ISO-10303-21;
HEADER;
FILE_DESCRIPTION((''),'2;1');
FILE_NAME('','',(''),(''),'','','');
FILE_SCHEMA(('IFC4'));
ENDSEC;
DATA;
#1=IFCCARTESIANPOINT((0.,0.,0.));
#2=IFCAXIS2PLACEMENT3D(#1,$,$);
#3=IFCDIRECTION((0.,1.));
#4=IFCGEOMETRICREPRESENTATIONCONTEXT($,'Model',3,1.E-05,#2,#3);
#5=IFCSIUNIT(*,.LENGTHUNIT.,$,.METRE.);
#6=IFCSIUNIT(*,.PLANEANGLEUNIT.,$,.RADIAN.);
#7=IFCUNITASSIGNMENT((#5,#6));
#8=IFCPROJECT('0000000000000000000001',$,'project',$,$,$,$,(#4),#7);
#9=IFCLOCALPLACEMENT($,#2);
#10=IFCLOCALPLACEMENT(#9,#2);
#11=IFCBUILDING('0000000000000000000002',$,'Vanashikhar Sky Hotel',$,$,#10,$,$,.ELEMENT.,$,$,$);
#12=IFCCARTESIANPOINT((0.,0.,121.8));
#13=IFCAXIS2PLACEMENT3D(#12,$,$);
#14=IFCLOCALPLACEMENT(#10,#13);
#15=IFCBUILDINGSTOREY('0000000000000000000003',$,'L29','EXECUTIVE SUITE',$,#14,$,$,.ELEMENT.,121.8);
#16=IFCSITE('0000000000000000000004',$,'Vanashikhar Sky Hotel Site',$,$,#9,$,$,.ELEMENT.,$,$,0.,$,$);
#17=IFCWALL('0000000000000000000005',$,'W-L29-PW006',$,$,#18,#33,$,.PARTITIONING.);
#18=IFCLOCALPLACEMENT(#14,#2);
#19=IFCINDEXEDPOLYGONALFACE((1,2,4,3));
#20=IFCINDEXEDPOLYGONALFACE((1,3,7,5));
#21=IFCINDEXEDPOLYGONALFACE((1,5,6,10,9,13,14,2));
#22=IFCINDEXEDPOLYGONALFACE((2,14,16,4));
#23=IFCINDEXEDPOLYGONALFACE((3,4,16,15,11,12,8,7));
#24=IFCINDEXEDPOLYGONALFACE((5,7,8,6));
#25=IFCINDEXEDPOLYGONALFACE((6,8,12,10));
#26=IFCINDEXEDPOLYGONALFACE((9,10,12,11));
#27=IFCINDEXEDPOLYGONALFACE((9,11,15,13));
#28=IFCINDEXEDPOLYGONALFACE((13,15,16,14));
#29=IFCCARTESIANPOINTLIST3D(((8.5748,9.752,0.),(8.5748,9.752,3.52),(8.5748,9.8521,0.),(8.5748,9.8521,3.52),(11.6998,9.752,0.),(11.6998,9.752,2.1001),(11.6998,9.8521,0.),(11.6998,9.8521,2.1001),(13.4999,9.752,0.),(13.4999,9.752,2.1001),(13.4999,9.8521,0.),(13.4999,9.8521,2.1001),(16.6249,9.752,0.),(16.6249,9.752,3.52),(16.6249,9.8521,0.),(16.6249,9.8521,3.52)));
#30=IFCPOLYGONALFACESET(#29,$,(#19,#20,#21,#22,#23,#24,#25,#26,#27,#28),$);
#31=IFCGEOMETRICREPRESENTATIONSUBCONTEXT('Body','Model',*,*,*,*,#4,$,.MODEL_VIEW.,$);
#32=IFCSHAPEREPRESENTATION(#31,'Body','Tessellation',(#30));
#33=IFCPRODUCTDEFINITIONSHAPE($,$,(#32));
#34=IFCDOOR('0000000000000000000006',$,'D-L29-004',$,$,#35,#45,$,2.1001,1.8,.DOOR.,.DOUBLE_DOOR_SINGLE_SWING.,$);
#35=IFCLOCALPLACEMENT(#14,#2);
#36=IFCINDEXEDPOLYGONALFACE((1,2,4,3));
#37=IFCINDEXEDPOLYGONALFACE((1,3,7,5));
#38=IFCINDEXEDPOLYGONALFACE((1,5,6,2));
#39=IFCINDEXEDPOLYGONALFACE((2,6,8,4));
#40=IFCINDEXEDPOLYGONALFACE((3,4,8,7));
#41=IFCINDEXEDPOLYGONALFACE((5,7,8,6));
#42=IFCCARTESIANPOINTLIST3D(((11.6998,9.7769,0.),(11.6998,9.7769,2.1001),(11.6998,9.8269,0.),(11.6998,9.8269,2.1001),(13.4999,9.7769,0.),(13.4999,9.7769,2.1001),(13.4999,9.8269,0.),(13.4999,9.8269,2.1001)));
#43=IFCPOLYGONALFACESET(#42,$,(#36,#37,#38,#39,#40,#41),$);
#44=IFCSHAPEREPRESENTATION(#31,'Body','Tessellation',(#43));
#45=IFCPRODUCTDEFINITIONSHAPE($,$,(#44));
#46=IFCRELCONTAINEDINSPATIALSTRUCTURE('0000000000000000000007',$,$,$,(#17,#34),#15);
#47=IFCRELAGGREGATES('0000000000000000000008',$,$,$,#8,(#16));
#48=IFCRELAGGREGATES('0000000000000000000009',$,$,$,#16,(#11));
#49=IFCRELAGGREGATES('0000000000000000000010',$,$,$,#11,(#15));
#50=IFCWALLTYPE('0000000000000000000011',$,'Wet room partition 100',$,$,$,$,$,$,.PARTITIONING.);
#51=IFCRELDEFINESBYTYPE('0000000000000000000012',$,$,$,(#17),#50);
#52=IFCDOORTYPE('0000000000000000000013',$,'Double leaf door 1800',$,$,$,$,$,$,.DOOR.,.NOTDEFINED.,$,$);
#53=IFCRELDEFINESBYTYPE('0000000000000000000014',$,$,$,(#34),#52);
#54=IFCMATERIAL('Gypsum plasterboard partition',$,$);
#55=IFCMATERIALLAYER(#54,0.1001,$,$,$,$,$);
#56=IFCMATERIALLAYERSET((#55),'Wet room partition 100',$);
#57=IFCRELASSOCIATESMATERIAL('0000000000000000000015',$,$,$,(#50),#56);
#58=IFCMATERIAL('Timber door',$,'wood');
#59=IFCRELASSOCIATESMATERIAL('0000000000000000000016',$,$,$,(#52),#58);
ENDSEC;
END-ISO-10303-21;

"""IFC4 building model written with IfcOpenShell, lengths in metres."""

from ifc_helpers import new_model, si_unit, direction, frame, frame_2d, origin, place, context, subcontext, project, spatial, rectangle, extrude, source, transform, mapped, material, layer, layer_set, type_object, element, fill, save


model = new_model("IFC4")

# Units and contexts
model_context = context("Model", 3, precision=1e-05, world=origin(), true_north=direction((0.0, 1.0)))
body_context = subcontext(model_context, "Body", "Model", "MODEL_VIEW")
ifc_project = project(units=[si_unit("LENGTHUNIT", "METRE"), si_unit("PLANEANGLEUNIT", "RADIAN")], contexts=[model_context])

# Site, building, storey
site_placement = place(None, origin())
site = spatial("IfcSite", under=ifc_project, at=site_placement, Name="Vanashikhar Sky Hotel Site", CompositionType="ELEMENT", RefElevation=0.0)
building_placement = place(site_placement, origin())
building = spatial("IfcBuilding", under=site, at=building_placement, Name="Vanashikhar Sky Hotel", CompositionType="ELEMENT")
storey_placement = place(building_placement, frame((0.0, 0.0, 121.8)))
storey = spatial("IfcBuildingStorey", under=building, at=storey_placement, Name="L29", Description="EXECUTIVE SUITE", CompositionType="ELEMENT", Elevation=121.8)

# Shared definitions
ifc_material_1 = material(Name="Gypsum plasterboard partition")
ifc_layer_1 = layer(ifc_material_1, 0.1001)
ifc_layer_set_1 = layer_set([ifc_layer_1], Name="Wet room partition 100")
wall_type_1 = type_object("IfcWallType", Name="Wet room partition 100", PredefinedType="PARTITIONING", material=ifc_layer_set_1)
ifc_material_2 = material(Name="Timber door", Category="wood")

# Wall, opening, door
shared_shape_1 = source(origin(), body_context, "Body", "SweptSolid", [
    extrude(rectangle(XDim=1.8, YDim=2.1001, at=frame_2d((0.8999, 1.05))), frame((0.0, 0.0249, 0.0), z_axis=(0.0, -1.0, 0.0), x_axis=(1.0, 0.0, 0.0)), (0.0, 0.0, 1.0), 0.05),
])
shared_shape_2 = source(origin(), body_context, "Body", "SweptSolid", [
    extrude(rectangle(XDim=8.05, YDim=0.1001, at=frame_2d((4.0249, 0.0))), origin(), (0.0, 0.0, 1.0), 3.52),
])
wall_1_placement = place(storey_placement, frame((8.575, 9.802, 0.0), z_axis=(0.0, 0.0, 1.0), x_axis=(1.0, 0.0, 0.0)))
wall_1 = element("IfcWall", 1, at=wall_1_placement, inside=storey, type_object=wall_type_1, Name="W-L29-PW006", PredefinedType="PARTITIONING", context=body_context, shape_type="MappedRepresentation", body=[
    mapped(shared_shape_2, transform((0.0, 0.0, 0.0), scale=1.0)),
])
shared_shape_3 = source(origin(), body_context, "Body", "SweptSolid", [
    extrude(rectangle(XDim=1.8, YDim=2.1001, at=frame_2d((0.8999, 1.05))), frame((0.0, 0.0601, 0.0), z_axis=(0.0, -1.0, 0.0), x_axis=(1.0, 0.0, 0.0)), (0.0, 0.0, 1.0), 0.1201),
])
opening_1_placement = place(wall_1_placement, frame((3.125, 0.0, 0.0)))
opening_1 = element("IfcOpeningElement", 2, at=opening_1_placement, cuts=wall_1, PredefinedType="OPENING", context=body_context, shape_type="MappedRepresentation", body=[
    mapped(shared_shape_3, transform((0.0, 0.0, 0.0), scale=1.0)),
])
door_type_1 = type_object("IfcDoorType", Name="Double leaf door 1800", OperationType="NOTDEFINED", PredefinedType="DOOR", material=ifc_material_2)
door_1_placement = place(opening_1_placement, origin())
door_1 = element("IfcDoor", 3, at=door_1_placement, inside=storey, type_object=door_type_1, Name="D-L29-004", OperationType="DOUBLE_DOOR_SINGLE_SWING", OverallHeight=2.1001, OverallWidth=1.8, PredefinedType="DOOR", context=body_context, shape_type="MappedRepresentation", body=[
    mapped(shared_shape_1, transform((0.0, 0.0, 0.0), scale=1.0)),
])
fill(opening_1, door_1)

save(model, "model.ifc")
